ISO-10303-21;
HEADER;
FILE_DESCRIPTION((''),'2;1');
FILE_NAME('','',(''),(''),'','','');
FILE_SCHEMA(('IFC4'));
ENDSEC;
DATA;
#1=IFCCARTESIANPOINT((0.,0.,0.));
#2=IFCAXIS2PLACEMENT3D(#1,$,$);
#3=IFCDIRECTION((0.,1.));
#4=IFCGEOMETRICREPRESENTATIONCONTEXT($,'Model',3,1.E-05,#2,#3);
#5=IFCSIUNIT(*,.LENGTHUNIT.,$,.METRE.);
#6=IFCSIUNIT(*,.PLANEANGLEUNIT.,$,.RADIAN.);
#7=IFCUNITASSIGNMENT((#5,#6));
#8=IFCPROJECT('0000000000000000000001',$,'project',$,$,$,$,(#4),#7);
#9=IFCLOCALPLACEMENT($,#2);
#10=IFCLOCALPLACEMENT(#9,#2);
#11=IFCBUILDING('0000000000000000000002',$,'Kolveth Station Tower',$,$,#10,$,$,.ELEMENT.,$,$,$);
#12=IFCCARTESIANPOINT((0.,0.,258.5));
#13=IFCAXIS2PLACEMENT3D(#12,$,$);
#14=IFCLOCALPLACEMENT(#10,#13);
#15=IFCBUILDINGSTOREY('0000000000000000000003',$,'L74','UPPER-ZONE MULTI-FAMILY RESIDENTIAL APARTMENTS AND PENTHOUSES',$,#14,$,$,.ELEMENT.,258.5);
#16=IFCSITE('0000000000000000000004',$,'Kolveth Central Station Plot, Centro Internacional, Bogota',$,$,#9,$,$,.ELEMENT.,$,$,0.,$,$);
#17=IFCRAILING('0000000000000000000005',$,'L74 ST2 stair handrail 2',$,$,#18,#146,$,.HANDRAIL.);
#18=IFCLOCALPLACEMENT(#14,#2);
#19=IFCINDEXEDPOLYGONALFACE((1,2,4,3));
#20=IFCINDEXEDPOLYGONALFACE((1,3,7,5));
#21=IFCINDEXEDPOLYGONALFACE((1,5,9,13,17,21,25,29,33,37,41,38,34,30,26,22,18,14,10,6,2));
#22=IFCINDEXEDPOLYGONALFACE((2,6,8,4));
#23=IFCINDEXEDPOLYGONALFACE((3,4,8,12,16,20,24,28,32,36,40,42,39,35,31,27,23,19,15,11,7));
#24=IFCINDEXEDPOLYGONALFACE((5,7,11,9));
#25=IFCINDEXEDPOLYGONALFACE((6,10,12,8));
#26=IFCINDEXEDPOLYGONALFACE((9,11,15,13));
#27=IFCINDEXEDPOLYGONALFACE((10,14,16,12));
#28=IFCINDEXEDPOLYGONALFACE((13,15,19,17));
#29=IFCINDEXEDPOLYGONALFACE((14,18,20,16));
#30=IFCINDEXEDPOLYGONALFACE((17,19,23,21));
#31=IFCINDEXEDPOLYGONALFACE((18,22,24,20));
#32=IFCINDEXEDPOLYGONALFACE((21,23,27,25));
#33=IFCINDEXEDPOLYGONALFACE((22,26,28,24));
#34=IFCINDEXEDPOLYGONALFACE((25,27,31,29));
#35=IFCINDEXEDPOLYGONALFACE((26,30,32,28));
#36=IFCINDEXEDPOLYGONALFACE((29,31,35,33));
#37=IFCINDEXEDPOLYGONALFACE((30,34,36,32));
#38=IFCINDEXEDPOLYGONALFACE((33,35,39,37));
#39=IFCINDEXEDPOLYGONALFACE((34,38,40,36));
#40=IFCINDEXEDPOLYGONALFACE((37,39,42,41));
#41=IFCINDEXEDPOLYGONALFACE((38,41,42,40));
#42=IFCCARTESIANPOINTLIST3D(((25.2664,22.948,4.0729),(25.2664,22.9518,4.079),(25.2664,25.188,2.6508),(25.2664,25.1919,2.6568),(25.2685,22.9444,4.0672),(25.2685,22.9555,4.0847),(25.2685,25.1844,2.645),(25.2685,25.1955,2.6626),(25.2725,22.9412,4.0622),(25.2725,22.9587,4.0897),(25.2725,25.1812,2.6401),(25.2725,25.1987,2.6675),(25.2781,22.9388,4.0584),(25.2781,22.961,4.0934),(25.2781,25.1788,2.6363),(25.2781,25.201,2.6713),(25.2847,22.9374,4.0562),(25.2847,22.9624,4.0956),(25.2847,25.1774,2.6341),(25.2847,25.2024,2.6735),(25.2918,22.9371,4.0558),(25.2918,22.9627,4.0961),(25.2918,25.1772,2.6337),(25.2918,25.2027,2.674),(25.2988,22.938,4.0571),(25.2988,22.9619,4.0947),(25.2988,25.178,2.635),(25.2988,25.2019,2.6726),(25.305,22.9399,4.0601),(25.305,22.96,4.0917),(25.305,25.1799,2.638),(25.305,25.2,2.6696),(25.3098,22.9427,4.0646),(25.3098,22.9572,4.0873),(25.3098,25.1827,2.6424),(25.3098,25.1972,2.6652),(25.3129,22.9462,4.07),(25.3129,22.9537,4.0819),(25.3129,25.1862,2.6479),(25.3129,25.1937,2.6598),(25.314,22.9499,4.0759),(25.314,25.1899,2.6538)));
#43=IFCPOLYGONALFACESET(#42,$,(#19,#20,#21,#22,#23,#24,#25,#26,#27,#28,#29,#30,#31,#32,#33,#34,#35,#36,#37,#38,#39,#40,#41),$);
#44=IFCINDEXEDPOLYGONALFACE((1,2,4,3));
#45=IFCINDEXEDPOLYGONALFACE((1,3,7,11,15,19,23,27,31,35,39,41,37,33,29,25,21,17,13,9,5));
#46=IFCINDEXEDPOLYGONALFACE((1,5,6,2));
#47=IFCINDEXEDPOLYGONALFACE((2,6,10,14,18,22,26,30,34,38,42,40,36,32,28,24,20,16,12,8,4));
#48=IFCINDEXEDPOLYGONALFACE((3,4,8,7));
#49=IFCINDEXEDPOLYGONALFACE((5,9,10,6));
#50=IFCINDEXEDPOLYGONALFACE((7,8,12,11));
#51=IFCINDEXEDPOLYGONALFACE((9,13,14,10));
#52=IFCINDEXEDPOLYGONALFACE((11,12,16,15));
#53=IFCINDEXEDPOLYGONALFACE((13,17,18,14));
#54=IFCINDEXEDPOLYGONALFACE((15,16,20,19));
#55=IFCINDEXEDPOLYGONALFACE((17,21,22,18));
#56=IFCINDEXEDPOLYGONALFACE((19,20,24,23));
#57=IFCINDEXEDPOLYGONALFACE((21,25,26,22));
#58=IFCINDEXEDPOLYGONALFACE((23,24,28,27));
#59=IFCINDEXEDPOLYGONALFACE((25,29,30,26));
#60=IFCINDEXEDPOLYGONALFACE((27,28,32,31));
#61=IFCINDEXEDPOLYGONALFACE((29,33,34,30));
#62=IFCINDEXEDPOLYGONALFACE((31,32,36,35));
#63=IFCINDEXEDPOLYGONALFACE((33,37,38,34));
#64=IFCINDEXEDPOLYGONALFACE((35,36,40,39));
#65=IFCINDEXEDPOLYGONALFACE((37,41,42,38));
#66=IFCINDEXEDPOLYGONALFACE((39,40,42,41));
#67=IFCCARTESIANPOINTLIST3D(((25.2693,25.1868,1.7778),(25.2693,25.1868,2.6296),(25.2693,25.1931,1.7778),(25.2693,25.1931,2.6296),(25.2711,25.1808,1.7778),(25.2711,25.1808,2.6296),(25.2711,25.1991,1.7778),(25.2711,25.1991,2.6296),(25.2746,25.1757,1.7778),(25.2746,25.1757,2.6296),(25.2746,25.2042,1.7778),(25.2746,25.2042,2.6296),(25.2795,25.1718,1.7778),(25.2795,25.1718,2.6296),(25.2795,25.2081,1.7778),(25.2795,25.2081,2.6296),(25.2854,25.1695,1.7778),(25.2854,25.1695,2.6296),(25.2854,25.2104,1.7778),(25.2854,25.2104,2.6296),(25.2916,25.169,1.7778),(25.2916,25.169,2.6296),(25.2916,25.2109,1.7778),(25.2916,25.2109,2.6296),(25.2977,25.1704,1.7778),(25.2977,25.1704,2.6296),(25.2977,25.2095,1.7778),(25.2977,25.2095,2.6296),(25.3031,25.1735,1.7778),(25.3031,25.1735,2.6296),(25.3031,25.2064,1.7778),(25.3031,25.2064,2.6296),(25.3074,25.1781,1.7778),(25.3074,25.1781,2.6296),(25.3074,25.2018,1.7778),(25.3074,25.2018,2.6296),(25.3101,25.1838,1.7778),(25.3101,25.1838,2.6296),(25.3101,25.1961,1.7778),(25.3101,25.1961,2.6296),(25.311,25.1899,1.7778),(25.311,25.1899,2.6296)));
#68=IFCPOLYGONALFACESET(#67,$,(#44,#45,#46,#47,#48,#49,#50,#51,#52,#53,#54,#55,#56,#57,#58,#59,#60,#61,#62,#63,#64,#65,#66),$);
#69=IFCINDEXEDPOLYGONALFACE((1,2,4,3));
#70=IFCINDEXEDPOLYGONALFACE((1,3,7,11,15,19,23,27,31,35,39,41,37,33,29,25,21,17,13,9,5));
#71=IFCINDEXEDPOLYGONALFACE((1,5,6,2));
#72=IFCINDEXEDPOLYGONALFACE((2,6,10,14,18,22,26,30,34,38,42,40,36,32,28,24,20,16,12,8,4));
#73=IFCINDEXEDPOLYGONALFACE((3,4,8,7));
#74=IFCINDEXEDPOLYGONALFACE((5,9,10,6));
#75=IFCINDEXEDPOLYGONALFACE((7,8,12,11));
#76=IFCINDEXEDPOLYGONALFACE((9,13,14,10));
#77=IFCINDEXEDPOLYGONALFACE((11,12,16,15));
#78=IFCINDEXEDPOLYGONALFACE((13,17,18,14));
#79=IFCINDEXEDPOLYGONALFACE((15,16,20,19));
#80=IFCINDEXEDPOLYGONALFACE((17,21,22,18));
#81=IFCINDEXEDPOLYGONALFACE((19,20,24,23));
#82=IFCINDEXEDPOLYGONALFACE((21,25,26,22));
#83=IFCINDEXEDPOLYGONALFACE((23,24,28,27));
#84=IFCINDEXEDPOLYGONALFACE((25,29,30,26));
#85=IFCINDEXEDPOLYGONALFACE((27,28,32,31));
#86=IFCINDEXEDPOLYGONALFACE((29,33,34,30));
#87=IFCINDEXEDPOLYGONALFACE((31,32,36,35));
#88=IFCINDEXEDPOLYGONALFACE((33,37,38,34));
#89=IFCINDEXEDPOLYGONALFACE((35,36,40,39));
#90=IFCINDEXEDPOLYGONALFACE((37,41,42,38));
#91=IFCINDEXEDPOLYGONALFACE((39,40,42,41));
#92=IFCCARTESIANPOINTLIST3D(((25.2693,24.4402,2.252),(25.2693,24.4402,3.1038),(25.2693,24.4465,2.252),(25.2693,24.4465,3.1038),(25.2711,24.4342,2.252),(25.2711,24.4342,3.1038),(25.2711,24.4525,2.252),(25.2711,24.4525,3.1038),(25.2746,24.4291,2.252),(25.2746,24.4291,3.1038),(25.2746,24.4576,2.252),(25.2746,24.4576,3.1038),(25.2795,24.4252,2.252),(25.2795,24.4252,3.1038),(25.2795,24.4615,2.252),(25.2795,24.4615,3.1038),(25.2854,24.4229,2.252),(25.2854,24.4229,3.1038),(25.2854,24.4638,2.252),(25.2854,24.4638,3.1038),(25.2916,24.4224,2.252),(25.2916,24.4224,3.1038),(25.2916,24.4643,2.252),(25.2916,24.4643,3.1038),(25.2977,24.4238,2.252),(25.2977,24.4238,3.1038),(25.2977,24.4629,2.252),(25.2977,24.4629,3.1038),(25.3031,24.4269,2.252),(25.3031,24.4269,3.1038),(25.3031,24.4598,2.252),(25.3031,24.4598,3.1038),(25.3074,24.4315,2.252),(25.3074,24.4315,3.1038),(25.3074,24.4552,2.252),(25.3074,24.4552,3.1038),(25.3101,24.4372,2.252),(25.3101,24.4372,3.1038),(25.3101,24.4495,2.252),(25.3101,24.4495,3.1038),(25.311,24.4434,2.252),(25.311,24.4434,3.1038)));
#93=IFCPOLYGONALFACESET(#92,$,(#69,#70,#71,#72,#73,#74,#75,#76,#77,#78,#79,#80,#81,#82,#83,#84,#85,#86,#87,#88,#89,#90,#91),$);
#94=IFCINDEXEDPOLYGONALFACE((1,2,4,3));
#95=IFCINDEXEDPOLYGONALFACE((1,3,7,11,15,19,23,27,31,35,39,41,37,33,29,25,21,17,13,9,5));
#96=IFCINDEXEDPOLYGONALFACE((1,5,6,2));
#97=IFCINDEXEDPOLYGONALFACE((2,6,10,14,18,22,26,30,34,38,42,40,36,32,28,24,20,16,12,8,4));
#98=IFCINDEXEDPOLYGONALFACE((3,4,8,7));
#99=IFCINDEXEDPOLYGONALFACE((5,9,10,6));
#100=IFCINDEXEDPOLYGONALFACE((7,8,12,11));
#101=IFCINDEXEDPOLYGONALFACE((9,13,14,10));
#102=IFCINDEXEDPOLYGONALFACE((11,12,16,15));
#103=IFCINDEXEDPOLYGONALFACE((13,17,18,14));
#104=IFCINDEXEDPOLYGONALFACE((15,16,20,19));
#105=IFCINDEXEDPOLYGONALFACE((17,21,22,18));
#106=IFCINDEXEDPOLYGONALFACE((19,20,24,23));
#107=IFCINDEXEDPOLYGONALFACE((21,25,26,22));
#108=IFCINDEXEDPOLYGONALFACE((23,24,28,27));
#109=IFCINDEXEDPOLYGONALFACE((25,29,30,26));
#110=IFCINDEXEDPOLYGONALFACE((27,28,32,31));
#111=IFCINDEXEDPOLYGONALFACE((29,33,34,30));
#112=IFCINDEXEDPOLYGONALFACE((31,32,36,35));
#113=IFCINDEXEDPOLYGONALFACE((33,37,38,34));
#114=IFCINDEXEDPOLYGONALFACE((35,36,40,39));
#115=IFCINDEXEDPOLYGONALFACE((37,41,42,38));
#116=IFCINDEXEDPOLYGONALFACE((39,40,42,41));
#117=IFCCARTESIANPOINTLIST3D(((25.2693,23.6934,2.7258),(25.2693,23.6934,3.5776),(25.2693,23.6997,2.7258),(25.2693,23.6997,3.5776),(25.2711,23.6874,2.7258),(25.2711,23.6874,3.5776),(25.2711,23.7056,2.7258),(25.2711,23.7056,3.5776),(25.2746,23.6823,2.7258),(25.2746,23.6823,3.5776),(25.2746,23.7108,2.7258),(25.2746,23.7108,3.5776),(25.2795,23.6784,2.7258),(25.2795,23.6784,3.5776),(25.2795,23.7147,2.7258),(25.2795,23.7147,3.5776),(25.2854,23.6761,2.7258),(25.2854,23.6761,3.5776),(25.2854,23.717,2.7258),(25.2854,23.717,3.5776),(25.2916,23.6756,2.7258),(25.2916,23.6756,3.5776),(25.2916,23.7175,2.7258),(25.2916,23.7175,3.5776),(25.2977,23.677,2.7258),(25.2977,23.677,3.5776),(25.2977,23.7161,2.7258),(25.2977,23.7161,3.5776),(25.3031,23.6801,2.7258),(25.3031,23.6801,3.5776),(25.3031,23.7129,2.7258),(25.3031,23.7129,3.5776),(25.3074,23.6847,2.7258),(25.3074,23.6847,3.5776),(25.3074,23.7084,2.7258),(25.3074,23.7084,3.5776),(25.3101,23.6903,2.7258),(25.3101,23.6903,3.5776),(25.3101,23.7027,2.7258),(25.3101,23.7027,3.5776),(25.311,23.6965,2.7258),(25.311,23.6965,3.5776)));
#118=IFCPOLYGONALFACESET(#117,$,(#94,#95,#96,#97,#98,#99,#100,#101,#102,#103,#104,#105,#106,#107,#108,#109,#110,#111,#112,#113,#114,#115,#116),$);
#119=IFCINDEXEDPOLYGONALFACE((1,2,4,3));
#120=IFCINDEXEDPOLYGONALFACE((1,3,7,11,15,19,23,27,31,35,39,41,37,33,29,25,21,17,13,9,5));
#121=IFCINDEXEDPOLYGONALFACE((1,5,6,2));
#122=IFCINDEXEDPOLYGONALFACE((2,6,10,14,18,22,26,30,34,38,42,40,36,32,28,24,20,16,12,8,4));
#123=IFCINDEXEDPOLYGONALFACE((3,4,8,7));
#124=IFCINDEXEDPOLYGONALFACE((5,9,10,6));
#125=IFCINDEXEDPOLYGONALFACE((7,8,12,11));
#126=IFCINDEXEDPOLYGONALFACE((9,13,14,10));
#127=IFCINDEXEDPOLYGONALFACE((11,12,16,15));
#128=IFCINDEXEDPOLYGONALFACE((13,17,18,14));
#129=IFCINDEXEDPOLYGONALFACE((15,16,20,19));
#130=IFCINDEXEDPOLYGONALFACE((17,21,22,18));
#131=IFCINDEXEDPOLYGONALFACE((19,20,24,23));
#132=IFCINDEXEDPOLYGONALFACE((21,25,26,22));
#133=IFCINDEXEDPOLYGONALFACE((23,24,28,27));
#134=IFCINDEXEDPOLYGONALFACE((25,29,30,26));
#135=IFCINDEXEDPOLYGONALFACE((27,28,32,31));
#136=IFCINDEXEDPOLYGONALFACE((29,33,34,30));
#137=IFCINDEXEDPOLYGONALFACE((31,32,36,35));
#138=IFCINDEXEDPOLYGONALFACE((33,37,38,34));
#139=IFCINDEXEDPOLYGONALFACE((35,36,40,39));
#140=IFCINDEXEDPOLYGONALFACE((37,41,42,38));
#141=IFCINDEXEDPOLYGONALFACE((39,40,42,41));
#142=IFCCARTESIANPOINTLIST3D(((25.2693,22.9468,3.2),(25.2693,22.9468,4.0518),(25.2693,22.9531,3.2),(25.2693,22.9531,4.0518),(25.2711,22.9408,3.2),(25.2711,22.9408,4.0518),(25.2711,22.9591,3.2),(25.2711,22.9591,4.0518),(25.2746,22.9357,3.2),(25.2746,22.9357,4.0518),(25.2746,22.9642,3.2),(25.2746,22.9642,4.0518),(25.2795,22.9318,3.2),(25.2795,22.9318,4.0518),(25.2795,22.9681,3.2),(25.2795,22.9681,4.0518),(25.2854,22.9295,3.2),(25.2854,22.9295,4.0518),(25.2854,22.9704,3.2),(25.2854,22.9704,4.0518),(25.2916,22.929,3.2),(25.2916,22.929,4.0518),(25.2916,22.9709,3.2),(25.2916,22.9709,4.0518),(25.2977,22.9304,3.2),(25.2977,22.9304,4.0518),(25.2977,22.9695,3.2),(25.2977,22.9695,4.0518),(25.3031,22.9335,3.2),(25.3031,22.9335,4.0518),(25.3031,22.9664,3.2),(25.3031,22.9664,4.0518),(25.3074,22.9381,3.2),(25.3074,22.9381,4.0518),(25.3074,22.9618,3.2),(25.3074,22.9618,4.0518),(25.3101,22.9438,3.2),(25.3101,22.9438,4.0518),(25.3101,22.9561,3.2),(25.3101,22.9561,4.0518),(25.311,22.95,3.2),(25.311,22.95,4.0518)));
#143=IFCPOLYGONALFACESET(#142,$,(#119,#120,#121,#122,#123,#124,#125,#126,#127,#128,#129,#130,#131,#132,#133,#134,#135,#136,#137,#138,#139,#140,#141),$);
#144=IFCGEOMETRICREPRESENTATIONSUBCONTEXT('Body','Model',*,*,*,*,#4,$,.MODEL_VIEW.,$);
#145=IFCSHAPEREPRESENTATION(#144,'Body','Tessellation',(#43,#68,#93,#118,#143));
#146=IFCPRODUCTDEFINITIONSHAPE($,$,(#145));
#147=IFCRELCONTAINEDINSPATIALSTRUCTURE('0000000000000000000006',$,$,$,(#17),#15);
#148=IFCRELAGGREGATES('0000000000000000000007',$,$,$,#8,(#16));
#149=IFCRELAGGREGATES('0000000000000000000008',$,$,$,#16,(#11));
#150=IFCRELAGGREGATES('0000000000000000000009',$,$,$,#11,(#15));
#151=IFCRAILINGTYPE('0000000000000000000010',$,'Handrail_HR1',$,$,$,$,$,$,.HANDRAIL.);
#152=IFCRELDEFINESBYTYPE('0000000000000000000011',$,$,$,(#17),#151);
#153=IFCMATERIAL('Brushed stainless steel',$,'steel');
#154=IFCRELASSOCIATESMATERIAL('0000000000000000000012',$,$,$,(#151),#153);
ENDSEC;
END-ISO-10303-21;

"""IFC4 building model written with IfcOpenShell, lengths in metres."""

from ifc_helpers import new_model, si_unit, direction, frame, origin, origin_2d, place, context, subcontext, project, spatial, circle, extrude, material, type_object, element, save


model = new_model("IFC4")

# Units and contexts
model_context = context("Model", 3, precision=1e-05, world=origin(), true_north=direction((0.0, 1.0)))
body_context = subcontext(model_context, "Body", "Model", "MODEL_VIEW")
ifc_project = project(units=[si_unit("LENGTHUNIT", "METRE"), si_unit("PLANEANGLEUNIT", "RADIAN")], contexts=[model_context])

# Site, building, storey
site_placement = place(None, origin())
site = spatial("IfcSite", under=ifc_project, at=site_placement, Name="Kolveth Central Station Plot, Centro Internacional, Bogota", CompositionType="ELEMENT", RefElevation=0.0)
building_placement = place(site_placement, origin())
building = spatial("IfcBuilding", under=site, at=building_placement, Name="Kolveth Station Tower", CompositionType="ELEMENT")
storey_placement = place(building_placement, frame((0.0, 0.0, 258.5)))
storey = spatial("IfcBuildingStorey", under=building, at=storey_placement, Name="L74", Description="UPPER-ZONE MULTI-FAMILY RESIDENTIAL APARTMENTS AND PENTHOUSES", CompositionType="ELEMENT", Elevation=258.5)

# Railing
ifc_material_1 = material(Name="Brushed stainless steel", Category="steel")
railing_type_1 = type_object("IfcRailingType", Name="Handrail_HR1", PredefinedType="HANDRAIL", material=ifc_material_1)
railing_1_placement = place(storey_placement, frame((25.29, 25.1899, 1.7778)))
element("IfcRailing", 1, at=railing_1_placement, inside=storey, type_object=railing_type_1, Name="L74 ST2 stair handrail 2", PredefinedType="HANDRAIL", context=body_context, shape_type="SweptSolid", body=[
    extrude(circle(Radius=0.0239, at=origin_2d()), frame((0.0, 0.0, 0.876), z_axis=(0.0, -0.844229, 0.535982), x_axis=(1.0, 0.0, 0.0)), (0.0, 0.0, 1.0), 2.6533),
    extrude(circle(Radius=0.021, at=origin_2d()), origin(), (0.0, 0.0, 1.0), 0.8518),
    extrude(circle(Radius=0.021, at=origin_2d()), frame((0.0, -0.7466, 0.4741)), (0.0, 0.0, 1.0), 0.8518),
    extrude(circle(Radius=0.021, at=origin_2d()), frame((0.0, -1.4934, 0.948)), (0.0, 0.0, 1.0), 0.8518),
    extrude(circle(Radius=0.021, at=origin_2d()), frame((0.0, -2.24, 1.4221)), (0.0, 0.0, 1.0), 0.8518),
])

save(model, "model.ifc")
